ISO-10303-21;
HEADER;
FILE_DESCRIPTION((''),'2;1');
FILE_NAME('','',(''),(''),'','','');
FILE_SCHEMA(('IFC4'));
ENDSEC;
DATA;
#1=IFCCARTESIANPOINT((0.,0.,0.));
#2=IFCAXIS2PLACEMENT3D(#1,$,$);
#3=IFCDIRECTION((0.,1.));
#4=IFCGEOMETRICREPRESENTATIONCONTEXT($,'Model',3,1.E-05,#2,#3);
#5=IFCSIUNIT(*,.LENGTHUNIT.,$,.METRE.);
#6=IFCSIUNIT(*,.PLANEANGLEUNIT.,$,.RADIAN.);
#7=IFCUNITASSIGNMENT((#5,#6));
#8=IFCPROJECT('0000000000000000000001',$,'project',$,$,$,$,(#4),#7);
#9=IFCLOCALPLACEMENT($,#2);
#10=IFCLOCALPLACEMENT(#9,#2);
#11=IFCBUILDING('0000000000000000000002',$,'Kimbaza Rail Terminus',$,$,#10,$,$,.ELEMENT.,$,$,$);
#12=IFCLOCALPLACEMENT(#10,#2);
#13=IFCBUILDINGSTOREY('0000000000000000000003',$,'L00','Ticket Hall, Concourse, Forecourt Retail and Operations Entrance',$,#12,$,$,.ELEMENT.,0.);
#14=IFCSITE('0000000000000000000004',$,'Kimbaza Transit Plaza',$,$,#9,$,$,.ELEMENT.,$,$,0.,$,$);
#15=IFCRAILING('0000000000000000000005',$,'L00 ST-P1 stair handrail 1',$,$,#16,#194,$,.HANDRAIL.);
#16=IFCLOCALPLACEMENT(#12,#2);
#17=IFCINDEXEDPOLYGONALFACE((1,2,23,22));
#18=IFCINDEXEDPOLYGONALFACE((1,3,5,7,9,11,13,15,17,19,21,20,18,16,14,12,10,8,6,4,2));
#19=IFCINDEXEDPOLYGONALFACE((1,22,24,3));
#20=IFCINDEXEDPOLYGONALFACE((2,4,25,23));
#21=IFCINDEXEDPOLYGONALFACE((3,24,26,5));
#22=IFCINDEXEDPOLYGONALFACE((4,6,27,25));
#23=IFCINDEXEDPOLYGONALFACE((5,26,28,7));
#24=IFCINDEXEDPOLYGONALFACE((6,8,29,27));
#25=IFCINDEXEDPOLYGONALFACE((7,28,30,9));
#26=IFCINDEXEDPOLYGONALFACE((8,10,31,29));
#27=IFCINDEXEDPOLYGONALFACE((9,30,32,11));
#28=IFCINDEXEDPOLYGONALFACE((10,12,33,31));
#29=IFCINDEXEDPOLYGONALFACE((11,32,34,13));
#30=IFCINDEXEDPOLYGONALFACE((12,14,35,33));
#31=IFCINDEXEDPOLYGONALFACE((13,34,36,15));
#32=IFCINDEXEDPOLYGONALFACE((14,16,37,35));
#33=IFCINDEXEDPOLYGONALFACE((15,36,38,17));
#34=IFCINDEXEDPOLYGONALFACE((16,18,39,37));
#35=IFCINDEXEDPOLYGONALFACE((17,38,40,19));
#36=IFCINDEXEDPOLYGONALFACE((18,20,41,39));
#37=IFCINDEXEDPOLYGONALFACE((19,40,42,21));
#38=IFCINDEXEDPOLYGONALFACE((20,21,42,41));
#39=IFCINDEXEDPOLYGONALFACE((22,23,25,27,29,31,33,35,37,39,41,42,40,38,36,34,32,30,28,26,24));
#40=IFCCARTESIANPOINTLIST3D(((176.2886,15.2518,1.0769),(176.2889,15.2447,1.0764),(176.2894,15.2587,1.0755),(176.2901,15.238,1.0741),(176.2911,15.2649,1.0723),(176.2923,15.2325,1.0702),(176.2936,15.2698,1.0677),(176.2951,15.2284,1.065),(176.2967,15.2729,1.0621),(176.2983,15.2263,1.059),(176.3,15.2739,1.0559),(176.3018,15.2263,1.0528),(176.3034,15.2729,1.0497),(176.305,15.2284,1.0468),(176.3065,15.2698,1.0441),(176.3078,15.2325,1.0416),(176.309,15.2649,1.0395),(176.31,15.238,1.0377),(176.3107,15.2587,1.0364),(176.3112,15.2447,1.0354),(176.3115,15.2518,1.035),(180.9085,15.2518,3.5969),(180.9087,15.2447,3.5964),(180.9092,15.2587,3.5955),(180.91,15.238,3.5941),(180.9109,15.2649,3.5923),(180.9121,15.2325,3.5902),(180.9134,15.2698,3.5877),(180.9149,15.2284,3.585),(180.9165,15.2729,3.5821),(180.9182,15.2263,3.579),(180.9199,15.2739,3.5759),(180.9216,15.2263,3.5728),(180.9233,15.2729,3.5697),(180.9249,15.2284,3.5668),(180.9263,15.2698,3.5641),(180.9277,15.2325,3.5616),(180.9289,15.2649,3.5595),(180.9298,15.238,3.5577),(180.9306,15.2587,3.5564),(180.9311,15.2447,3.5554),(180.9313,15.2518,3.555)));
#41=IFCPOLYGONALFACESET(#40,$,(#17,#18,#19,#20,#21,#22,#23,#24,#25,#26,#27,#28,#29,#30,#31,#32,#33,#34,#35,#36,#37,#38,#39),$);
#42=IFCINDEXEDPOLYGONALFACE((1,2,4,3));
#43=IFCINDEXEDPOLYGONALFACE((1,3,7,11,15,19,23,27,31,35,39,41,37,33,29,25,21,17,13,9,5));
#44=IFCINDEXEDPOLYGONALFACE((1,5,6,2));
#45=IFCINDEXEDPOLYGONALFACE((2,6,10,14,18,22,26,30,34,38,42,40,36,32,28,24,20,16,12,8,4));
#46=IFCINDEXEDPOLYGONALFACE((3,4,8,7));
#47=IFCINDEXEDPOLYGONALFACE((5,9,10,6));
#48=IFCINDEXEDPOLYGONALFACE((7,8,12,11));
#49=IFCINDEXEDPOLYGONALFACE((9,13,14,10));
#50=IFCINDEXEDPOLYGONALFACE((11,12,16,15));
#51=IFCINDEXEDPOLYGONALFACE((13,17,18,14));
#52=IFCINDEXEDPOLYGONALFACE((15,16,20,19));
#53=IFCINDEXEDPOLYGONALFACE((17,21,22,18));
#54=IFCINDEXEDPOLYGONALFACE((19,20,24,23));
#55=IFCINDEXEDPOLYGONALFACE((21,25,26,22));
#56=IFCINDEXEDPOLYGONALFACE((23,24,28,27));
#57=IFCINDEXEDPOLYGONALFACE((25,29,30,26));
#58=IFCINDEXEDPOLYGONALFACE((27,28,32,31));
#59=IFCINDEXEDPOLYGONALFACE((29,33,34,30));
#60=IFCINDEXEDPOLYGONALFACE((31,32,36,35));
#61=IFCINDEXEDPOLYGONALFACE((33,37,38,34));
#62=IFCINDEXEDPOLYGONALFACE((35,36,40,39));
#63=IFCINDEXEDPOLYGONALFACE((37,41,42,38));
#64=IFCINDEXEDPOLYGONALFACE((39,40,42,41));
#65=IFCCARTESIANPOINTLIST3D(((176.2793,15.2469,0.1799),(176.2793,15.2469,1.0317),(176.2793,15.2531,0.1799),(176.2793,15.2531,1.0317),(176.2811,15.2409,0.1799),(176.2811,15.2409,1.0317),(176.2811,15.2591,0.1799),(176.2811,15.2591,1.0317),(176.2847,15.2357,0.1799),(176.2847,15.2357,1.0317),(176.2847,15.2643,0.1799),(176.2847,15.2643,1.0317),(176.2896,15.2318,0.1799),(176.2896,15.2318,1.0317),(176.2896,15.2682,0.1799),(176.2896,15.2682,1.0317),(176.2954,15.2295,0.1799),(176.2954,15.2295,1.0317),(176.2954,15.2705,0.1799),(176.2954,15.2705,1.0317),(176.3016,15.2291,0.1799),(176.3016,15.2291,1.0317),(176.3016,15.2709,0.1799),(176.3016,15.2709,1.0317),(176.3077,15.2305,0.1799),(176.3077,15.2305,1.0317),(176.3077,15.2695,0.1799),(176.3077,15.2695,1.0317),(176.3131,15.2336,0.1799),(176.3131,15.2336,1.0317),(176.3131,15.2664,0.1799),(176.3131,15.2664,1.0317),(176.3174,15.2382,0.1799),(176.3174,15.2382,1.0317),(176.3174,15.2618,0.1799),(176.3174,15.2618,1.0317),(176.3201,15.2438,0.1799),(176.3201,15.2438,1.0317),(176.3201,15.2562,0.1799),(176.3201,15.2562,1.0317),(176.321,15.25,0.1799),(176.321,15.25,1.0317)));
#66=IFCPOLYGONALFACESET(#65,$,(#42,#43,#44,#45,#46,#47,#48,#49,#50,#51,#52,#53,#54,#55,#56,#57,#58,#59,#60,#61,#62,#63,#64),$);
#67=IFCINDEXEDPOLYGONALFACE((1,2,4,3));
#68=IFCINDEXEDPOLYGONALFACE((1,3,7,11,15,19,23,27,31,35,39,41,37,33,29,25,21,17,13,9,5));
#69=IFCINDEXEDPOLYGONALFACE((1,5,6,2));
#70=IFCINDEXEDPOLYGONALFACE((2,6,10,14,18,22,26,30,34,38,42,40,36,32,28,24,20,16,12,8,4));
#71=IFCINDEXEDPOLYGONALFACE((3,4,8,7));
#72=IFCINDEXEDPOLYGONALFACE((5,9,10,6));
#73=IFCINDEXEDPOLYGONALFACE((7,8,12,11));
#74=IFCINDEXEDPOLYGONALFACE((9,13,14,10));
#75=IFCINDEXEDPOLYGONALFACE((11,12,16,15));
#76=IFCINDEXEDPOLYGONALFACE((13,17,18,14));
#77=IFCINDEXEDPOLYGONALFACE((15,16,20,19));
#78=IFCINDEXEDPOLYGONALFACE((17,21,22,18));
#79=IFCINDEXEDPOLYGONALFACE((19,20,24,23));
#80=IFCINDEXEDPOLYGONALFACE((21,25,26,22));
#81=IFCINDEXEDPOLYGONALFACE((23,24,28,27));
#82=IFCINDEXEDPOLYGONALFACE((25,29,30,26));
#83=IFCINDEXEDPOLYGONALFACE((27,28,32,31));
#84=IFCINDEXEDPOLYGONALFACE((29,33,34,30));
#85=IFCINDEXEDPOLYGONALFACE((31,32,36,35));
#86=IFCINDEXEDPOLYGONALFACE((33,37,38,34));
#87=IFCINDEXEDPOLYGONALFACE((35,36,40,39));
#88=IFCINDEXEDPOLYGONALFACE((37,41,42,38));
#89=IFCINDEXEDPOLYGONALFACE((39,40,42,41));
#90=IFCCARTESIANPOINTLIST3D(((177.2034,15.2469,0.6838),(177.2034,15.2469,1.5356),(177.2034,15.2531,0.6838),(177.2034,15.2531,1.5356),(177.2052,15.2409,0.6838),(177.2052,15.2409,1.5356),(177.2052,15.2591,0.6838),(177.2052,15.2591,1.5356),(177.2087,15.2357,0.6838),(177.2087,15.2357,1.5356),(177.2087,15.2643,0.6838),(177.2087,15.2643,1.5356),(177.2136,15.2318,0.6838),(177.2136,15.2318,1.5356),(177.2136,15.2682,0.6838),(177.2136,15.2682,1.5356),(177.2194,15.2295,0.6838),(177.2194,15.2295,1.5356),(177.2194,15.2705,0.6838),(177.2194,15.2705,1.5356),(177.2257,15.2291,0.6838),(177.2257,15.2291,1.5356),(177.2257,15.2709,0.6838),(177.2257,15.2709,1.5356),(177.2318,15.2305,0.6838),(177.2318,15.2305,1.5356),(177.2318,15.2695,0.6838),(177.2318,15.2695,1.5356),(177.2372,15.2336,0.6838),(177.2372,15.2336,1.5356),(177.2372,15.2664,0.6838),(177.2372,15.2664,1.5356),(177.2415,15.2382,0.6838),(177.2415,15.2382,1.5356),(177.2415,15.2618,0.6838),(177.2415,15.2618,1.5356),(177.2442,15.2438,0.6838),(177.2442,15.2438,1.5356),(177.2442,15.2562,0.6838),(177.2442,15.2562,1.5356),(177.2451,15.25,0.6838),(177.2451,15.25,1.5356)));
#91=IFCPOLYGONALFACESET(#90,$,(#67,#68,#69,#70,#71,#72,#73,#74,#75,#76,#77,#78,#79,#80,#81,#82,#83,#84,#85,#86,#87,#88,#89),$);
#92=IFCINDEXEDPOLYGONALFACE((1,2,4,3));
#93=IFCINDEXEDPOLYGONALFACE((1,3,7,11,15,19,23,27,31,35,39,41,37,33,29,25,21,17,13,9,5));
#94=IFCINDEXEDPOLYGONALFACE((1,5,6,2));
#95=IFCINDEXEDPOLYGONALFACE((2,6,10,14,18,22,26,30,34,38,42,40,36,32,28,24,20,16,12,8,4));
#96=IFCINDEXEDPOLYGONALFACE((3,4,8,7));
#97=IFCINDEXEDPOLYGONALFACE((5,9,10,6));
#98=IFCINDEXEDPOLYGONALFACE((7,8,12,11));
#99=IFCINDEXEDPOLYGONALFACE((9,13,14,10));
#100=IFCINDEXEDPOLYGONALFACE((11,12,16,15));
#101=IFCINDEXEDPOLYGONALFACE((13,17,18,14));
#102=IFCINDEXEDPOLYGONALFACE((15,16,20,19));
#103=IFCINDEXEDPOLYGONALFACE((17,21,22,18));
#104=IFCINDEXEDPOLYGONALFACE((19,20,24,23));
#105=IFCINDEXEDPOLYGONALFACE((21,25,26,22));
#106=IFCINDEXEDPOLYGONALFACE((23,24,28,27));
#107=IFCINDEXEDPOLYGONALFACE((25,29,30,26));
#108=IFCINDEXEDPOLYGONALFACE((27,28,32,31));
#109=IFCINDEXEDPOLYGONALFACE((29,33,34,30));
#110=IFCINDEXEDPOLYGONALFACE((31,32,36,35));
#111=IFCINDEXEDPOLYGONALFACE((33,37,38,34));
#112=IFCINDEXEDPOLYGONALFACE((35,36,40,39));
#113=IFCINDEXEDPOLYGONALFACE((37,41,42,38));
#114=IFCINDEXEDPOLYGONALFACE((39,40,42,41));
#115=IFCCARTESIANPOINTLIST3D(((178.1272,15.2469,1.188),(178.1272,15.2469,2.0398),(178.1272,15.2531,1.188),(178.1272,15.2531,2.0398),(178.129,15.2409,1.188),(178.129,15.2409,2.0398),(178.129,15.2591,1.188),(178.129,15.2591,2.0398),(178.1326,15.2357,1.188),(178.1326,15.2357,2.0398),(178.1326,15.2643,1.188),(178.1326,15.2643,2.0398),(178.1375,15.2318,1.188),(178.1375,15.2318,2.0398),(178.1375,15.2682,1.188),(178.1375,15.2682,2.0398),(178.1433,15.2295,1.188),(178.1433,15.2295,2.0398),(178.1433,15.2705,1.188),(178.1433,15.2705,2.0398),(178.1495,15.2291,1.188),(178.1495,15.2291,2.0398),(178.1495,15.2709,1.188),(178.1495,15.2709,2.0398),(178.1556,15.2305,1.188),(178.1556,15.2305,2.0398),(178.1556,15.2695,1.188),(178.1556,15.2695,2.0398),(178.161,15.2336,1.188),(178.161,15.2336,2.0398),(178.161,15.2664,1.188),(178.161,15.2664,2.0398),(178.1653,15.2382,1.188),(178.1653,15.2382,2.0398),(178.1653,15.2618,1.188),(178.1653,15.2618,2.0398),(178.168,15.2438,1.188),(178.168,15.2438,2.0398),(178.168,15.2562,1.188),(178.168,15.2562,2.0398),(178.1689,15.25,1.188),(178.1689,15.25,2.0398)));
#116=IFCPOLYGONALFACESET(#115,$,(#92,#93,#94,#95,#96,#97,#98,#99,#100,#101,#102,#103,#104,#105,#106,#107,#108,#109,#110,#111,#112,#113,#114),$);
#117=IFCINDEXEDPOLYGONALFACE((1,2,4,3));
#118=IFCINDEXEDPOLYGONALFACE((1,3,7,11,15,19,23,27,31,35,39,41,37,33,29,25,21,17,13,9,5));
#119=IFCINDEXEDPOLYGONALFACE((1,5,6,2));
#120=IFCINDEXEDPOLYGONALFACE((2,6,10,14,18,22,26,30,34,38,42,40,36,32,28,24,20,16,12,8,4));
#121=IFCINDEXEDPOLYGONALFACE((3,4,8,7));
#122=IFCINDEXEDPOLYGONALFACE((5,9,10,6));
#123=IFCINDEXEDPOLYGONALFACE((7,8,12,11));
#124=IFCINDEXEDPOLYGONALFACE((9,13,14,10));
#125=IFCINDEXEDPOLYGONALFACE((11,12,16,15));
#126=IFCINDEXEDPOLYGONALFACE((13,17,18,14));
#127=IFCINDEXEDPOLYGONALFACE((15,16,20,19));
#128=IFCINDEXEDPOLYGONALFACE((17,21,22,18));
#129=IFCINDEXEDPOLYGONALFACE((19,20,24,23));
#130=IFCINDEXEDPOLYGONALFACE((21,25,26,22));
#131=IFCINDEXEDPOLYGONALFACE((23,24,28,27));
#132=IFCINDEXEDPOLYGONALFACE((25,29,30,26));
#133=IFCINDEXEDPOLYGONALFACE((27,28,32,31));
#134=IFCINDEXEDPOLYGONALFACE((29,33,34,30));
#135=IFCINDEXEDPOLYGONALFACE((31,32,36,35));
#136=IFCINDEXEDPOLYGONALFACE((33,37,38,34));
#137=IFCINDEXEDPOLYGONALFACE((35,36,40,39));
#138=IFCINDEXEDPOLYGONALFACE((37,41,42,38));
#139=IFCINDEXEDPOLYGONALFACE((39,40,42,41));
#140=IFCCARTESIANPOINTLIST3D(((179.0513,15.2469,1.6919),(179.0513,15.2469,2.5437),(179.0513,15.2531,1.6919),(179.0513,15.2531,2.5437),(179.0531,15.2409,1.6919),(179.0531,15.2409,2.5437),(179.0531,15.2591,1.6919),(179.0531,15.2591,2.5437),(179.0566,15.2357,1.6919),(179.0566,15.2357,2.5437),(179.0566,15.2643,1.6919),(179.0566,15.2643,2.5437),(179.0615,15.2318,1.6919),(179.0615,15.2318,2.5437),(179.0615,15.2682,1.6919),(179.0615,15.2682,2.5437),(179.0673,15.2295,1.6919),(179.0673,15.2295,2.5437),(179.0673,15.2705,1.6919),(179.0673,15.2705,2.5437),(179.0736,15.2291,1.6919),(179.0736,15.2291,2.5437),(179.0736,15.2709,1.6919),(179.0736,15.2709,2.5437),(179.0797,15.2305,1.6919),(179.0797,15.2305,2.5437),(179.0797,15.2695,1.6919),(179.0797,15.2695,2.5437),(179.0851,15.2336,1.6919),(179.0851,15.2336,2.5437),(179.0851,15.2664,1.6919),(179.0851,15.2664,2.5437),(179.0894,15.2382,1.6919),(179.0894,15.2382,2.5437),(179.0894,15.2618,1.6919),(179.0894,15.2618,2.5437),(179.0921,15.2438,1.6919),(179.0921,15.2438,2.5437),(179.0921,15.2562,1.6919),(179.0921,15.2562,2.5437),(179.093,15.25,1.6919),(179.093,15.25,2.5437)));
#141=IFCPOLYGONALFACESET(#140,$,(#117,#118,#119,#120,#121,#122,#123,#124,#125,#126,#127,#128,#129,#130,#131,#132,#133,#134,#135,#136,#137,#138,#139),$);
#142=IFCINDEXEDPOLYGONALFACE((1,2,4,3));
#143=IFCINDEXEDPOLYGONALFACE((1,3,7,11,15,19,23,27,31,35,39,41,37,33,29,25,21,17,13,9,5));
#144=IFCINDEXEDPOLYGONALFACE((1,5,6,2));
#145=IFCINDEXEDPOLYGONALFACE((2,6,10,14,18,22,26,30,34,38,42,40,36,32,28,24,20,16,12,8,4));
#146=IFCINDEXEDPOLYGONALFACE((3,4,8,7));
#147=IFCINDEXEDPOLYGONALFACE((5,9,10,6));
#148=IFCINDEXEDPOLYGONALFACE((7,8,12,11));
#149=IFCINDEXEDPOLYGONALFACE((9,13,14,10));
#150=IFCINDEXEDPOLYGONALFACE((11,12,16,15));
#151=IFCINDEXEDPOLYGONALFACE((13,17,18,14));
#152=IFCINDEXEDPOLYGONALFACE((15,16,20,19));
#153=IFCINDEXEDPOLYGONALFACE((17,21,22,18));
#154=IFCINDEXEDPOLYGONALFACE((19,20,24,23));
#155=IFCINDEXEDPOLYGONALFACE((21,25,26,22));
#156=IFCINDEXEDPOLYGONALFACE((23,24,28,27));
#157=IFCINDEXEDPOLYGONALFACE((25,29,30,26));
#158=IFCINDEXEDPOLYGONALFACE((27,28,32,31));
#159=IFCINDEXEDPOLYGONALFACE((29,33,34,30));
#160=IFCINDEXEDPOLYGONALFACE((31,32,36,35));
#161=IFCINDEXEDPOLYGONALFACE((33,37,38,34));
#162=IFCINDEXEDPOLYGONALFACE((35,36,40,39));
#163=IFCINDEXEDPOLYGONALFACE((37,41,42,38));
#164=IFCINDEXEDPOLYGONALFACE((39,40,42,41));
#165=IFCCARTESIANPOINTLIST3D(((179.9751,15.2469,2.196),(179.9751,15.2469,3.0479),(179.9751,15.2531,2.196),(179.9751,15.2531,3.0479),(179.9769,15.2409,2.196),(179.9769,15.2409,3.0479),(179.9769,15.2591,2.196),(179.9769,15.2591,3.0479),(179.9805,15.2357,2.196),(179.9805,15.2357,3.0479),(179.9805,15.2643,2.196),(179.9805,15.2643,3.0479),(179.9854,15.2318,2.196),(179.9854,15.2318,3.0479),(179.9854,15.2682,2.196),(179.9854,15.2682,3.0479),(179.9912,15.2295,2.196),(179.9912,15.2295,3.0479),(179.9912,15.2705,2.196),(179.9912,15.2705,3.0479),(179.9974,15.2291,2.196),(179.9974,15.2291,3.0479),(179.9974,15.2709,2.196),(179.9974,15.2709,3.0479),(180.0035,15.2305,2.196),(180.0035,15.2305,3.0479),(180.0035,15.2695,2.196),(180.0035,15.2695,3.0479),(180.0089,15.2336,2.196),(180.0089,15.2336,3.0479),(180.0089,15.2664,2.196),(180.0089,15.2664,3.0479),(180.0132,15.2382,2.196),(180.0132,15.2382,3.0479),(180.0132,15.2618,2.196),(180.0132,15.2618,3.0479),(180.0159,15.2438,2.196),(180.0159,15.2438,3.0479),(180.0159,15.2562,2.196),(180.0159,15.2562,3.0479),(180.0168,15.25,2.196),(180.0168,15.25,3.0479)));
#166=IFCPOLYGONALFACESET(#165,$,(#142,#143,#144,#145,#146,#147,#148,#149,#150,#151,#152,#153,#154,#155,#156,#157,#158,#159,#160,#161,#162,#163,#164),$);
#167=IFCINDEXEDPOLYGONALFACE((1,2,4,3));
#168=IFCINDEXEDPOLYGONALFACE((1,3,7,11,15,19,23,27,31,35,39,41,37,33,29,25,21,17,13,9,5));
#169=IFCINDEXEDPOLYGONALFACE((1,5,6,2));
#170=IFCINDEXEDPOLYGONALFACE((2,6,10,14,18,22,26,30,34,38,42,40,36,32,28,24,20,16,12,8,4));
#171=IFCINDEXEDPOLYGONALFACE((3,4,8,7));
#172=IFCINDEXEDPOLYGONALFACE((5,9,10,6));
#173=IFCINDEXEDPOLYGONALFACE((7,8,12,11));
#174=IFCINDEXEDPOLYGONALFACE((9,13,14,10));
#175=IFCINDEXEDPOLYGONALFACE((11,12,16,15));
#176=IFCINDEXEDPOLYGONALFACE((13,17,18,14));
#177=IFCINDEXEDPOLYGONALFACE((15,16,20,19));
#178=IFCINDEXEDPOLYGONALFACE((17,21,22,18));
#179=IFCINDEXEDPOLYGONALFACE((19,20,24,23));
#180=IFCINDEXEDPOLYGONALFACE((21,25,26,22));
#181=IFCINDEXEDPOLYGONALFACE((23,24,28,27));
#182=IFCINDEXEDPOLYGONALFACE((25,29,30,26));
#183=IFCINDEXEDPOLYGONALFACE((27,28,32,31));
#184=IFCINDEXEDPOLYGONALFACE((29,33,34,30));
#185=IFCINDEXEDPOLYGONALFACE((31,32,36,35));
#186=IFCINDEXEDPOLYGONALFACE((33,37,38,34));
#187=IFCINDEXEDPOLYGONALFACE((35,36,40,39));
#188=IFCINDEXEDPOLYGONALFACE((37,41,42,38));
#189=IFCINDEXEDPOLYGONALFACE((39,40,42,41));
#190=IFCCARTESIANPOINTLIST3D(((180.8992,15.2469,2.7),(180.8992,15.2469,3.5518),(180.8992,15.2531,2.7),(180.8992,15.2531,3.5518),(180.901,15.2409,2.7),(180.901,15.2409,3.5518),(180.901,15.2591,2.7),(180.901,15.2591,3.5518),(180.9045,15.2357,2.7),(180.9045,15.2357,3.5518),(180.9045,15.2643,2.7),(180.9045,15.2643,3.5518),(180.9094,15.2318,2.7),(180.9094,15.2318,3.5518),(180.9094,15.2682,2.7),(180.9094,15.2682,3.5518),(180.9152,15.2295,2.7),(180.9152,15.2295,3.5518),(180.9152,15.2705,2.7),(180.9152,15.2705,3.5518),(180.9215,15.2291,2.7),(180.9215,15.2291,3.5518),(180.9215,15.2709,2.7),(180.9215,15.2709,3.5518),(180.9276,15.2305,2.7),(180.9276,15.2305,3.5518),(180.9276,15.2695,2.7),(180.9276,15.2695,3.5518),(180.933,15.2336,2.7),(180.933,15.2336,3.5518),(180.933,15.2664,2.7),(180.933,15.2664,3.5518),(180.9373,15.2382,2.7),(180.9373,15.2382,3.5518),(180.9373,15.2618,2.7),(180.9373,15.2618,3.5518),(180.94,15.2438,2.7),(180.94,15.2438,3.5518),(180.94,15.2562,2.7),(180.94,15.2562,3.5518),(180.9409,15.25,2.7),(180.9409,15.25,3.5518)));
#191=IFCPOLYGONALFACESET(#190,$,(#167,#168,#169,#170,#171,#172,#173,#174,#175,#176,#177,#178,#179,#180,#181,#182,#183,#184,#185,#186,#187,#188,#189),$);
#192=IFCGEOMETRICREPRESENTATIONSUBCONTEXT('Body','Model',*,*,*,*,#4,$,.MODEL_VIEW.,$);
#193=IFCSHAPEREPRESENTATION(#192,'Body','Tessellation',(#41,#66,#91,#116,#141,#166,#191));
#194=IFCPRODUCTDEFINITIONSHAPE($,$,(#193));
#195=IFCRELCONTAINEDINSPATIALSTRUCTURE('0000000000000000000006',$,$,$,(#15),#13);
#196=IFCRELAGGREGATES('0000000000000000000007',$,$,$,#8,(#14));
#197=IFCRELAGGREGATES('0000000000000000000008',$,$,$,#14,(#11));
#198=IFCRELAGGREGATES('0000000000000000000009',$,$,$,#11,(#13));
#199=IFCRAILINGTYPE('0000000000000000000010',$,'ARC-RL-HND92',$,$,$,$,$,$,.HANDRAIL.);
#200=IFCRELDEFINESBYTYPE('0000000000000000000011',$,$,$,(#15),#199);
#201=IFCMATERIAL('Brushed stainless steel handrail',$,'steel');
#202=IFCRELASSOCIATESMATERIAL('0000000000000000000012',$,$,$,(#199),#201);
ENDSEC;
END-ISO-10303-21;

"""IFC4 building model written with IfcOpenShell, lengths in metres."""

from ifc_helpers import new_model, si_unit, direction, frame, origin, origin_2d, place, context, subcontext, project, spatial, circle, extrude, material, type_object, element, save


model = new_model("IFC4")

# Units and contexts
model_context = context("Model", 3, precision=1e-05, world=origin(), true_north=direction((0.0, 1.0)))
body_context = subcontext(model_context, "Body", "Model", "MODEL_VIEW")
ifc_project = project(units=[si_unit("LENGTHUNIT", "METRE"), si_unit("PLANEANGLEUNIT", "RADIAN")], contexts=[model_context])

# Site, building, storey
site_placement = place(None, origin())
site = spatial("IfcSite", under=ifc_project, at=site_placement, Name="Kimbaza Transit Plaza", CompositionType="ELEMENT", RefElevation=0.0)
building_placement = place(site_placement, origin())
building = spatial("IfcBuilding", under=site, at=building_placement, Name="Kimbaza Rail Terminus", CompositionType="ELEMENT")
storey_placement = place(building_placement, origin())
storey = spatial("IfcBuildingStorey", under=building, at=storey_placement, Name="L00", Description="Ticket Hall, Concourse, Forecourt Retail and Operations Entrance", CompositionType="ELEMENT", Elevation=0.0)

# Railing
ifc_material_1 = material(Name="Brushed stainless steel handrail", Category="steel")
railing_type_1 = type_object("IfcRailingType", Name="ARC-RL-HND92", PredefinedType="HANDRAIL", material=ifc_material_1)
railing_1_placement = place(storey_placement, frame((176.3, 15.25, 0.1799)))
element("IfcRailing", 1, at=railing_1_placement, inside=storey, type_object=railing_type_1, Name="L00 ST-P1 stair handrail 1", PredefinedType="HANDRAIL", context=body_context, shape_type="SweptSolid", body=[
    extrude(circle(Radius=0.0239, at=origin_2d()), frame((0.0, 0.0, 0.876), z_axis=(0.877888, 0.0, 0.478865), x_axis=(0.0, 1.0, 0.0)), (0.0, 0.0, 1.0), 5.2625),
    extrude(circle(Radius=0.021, at=origin_2d()), origin(), (0.0, 0.0, 1.0), 0.8518),
    extrude(circle(Radius=0.021, at=origin_2d()), frame((0.9241, 0.0, 0.5039)), (0.0, 0.0, 1.0), 0.8518),
    extrude(circle(Radius=0.021, at=origin_2d()), frame((1.8479, 0.0, 1.0081)), (0.0, 0.0, 1.0), 0.8518),
    extrude(circle(Radius=0.021, at=origin_2d()), frame((2.772, 0.0, 1.512)), (0.0, 0.0, 1.0), 0.8518),
    extrude(circle(Radius=0.021, at=origin_2d()), frame((3.6958, 0.0, 2.0161)), (0.0, 0.0, 1.0), 0.8518),
    extrude(circle(Radius=0.021, at=origin_2d()), frame((4.6199, 0.0, 2.52)), (0.0, 0.0, 1.0), 0.8518),
])

save(model, "model.ifc")
